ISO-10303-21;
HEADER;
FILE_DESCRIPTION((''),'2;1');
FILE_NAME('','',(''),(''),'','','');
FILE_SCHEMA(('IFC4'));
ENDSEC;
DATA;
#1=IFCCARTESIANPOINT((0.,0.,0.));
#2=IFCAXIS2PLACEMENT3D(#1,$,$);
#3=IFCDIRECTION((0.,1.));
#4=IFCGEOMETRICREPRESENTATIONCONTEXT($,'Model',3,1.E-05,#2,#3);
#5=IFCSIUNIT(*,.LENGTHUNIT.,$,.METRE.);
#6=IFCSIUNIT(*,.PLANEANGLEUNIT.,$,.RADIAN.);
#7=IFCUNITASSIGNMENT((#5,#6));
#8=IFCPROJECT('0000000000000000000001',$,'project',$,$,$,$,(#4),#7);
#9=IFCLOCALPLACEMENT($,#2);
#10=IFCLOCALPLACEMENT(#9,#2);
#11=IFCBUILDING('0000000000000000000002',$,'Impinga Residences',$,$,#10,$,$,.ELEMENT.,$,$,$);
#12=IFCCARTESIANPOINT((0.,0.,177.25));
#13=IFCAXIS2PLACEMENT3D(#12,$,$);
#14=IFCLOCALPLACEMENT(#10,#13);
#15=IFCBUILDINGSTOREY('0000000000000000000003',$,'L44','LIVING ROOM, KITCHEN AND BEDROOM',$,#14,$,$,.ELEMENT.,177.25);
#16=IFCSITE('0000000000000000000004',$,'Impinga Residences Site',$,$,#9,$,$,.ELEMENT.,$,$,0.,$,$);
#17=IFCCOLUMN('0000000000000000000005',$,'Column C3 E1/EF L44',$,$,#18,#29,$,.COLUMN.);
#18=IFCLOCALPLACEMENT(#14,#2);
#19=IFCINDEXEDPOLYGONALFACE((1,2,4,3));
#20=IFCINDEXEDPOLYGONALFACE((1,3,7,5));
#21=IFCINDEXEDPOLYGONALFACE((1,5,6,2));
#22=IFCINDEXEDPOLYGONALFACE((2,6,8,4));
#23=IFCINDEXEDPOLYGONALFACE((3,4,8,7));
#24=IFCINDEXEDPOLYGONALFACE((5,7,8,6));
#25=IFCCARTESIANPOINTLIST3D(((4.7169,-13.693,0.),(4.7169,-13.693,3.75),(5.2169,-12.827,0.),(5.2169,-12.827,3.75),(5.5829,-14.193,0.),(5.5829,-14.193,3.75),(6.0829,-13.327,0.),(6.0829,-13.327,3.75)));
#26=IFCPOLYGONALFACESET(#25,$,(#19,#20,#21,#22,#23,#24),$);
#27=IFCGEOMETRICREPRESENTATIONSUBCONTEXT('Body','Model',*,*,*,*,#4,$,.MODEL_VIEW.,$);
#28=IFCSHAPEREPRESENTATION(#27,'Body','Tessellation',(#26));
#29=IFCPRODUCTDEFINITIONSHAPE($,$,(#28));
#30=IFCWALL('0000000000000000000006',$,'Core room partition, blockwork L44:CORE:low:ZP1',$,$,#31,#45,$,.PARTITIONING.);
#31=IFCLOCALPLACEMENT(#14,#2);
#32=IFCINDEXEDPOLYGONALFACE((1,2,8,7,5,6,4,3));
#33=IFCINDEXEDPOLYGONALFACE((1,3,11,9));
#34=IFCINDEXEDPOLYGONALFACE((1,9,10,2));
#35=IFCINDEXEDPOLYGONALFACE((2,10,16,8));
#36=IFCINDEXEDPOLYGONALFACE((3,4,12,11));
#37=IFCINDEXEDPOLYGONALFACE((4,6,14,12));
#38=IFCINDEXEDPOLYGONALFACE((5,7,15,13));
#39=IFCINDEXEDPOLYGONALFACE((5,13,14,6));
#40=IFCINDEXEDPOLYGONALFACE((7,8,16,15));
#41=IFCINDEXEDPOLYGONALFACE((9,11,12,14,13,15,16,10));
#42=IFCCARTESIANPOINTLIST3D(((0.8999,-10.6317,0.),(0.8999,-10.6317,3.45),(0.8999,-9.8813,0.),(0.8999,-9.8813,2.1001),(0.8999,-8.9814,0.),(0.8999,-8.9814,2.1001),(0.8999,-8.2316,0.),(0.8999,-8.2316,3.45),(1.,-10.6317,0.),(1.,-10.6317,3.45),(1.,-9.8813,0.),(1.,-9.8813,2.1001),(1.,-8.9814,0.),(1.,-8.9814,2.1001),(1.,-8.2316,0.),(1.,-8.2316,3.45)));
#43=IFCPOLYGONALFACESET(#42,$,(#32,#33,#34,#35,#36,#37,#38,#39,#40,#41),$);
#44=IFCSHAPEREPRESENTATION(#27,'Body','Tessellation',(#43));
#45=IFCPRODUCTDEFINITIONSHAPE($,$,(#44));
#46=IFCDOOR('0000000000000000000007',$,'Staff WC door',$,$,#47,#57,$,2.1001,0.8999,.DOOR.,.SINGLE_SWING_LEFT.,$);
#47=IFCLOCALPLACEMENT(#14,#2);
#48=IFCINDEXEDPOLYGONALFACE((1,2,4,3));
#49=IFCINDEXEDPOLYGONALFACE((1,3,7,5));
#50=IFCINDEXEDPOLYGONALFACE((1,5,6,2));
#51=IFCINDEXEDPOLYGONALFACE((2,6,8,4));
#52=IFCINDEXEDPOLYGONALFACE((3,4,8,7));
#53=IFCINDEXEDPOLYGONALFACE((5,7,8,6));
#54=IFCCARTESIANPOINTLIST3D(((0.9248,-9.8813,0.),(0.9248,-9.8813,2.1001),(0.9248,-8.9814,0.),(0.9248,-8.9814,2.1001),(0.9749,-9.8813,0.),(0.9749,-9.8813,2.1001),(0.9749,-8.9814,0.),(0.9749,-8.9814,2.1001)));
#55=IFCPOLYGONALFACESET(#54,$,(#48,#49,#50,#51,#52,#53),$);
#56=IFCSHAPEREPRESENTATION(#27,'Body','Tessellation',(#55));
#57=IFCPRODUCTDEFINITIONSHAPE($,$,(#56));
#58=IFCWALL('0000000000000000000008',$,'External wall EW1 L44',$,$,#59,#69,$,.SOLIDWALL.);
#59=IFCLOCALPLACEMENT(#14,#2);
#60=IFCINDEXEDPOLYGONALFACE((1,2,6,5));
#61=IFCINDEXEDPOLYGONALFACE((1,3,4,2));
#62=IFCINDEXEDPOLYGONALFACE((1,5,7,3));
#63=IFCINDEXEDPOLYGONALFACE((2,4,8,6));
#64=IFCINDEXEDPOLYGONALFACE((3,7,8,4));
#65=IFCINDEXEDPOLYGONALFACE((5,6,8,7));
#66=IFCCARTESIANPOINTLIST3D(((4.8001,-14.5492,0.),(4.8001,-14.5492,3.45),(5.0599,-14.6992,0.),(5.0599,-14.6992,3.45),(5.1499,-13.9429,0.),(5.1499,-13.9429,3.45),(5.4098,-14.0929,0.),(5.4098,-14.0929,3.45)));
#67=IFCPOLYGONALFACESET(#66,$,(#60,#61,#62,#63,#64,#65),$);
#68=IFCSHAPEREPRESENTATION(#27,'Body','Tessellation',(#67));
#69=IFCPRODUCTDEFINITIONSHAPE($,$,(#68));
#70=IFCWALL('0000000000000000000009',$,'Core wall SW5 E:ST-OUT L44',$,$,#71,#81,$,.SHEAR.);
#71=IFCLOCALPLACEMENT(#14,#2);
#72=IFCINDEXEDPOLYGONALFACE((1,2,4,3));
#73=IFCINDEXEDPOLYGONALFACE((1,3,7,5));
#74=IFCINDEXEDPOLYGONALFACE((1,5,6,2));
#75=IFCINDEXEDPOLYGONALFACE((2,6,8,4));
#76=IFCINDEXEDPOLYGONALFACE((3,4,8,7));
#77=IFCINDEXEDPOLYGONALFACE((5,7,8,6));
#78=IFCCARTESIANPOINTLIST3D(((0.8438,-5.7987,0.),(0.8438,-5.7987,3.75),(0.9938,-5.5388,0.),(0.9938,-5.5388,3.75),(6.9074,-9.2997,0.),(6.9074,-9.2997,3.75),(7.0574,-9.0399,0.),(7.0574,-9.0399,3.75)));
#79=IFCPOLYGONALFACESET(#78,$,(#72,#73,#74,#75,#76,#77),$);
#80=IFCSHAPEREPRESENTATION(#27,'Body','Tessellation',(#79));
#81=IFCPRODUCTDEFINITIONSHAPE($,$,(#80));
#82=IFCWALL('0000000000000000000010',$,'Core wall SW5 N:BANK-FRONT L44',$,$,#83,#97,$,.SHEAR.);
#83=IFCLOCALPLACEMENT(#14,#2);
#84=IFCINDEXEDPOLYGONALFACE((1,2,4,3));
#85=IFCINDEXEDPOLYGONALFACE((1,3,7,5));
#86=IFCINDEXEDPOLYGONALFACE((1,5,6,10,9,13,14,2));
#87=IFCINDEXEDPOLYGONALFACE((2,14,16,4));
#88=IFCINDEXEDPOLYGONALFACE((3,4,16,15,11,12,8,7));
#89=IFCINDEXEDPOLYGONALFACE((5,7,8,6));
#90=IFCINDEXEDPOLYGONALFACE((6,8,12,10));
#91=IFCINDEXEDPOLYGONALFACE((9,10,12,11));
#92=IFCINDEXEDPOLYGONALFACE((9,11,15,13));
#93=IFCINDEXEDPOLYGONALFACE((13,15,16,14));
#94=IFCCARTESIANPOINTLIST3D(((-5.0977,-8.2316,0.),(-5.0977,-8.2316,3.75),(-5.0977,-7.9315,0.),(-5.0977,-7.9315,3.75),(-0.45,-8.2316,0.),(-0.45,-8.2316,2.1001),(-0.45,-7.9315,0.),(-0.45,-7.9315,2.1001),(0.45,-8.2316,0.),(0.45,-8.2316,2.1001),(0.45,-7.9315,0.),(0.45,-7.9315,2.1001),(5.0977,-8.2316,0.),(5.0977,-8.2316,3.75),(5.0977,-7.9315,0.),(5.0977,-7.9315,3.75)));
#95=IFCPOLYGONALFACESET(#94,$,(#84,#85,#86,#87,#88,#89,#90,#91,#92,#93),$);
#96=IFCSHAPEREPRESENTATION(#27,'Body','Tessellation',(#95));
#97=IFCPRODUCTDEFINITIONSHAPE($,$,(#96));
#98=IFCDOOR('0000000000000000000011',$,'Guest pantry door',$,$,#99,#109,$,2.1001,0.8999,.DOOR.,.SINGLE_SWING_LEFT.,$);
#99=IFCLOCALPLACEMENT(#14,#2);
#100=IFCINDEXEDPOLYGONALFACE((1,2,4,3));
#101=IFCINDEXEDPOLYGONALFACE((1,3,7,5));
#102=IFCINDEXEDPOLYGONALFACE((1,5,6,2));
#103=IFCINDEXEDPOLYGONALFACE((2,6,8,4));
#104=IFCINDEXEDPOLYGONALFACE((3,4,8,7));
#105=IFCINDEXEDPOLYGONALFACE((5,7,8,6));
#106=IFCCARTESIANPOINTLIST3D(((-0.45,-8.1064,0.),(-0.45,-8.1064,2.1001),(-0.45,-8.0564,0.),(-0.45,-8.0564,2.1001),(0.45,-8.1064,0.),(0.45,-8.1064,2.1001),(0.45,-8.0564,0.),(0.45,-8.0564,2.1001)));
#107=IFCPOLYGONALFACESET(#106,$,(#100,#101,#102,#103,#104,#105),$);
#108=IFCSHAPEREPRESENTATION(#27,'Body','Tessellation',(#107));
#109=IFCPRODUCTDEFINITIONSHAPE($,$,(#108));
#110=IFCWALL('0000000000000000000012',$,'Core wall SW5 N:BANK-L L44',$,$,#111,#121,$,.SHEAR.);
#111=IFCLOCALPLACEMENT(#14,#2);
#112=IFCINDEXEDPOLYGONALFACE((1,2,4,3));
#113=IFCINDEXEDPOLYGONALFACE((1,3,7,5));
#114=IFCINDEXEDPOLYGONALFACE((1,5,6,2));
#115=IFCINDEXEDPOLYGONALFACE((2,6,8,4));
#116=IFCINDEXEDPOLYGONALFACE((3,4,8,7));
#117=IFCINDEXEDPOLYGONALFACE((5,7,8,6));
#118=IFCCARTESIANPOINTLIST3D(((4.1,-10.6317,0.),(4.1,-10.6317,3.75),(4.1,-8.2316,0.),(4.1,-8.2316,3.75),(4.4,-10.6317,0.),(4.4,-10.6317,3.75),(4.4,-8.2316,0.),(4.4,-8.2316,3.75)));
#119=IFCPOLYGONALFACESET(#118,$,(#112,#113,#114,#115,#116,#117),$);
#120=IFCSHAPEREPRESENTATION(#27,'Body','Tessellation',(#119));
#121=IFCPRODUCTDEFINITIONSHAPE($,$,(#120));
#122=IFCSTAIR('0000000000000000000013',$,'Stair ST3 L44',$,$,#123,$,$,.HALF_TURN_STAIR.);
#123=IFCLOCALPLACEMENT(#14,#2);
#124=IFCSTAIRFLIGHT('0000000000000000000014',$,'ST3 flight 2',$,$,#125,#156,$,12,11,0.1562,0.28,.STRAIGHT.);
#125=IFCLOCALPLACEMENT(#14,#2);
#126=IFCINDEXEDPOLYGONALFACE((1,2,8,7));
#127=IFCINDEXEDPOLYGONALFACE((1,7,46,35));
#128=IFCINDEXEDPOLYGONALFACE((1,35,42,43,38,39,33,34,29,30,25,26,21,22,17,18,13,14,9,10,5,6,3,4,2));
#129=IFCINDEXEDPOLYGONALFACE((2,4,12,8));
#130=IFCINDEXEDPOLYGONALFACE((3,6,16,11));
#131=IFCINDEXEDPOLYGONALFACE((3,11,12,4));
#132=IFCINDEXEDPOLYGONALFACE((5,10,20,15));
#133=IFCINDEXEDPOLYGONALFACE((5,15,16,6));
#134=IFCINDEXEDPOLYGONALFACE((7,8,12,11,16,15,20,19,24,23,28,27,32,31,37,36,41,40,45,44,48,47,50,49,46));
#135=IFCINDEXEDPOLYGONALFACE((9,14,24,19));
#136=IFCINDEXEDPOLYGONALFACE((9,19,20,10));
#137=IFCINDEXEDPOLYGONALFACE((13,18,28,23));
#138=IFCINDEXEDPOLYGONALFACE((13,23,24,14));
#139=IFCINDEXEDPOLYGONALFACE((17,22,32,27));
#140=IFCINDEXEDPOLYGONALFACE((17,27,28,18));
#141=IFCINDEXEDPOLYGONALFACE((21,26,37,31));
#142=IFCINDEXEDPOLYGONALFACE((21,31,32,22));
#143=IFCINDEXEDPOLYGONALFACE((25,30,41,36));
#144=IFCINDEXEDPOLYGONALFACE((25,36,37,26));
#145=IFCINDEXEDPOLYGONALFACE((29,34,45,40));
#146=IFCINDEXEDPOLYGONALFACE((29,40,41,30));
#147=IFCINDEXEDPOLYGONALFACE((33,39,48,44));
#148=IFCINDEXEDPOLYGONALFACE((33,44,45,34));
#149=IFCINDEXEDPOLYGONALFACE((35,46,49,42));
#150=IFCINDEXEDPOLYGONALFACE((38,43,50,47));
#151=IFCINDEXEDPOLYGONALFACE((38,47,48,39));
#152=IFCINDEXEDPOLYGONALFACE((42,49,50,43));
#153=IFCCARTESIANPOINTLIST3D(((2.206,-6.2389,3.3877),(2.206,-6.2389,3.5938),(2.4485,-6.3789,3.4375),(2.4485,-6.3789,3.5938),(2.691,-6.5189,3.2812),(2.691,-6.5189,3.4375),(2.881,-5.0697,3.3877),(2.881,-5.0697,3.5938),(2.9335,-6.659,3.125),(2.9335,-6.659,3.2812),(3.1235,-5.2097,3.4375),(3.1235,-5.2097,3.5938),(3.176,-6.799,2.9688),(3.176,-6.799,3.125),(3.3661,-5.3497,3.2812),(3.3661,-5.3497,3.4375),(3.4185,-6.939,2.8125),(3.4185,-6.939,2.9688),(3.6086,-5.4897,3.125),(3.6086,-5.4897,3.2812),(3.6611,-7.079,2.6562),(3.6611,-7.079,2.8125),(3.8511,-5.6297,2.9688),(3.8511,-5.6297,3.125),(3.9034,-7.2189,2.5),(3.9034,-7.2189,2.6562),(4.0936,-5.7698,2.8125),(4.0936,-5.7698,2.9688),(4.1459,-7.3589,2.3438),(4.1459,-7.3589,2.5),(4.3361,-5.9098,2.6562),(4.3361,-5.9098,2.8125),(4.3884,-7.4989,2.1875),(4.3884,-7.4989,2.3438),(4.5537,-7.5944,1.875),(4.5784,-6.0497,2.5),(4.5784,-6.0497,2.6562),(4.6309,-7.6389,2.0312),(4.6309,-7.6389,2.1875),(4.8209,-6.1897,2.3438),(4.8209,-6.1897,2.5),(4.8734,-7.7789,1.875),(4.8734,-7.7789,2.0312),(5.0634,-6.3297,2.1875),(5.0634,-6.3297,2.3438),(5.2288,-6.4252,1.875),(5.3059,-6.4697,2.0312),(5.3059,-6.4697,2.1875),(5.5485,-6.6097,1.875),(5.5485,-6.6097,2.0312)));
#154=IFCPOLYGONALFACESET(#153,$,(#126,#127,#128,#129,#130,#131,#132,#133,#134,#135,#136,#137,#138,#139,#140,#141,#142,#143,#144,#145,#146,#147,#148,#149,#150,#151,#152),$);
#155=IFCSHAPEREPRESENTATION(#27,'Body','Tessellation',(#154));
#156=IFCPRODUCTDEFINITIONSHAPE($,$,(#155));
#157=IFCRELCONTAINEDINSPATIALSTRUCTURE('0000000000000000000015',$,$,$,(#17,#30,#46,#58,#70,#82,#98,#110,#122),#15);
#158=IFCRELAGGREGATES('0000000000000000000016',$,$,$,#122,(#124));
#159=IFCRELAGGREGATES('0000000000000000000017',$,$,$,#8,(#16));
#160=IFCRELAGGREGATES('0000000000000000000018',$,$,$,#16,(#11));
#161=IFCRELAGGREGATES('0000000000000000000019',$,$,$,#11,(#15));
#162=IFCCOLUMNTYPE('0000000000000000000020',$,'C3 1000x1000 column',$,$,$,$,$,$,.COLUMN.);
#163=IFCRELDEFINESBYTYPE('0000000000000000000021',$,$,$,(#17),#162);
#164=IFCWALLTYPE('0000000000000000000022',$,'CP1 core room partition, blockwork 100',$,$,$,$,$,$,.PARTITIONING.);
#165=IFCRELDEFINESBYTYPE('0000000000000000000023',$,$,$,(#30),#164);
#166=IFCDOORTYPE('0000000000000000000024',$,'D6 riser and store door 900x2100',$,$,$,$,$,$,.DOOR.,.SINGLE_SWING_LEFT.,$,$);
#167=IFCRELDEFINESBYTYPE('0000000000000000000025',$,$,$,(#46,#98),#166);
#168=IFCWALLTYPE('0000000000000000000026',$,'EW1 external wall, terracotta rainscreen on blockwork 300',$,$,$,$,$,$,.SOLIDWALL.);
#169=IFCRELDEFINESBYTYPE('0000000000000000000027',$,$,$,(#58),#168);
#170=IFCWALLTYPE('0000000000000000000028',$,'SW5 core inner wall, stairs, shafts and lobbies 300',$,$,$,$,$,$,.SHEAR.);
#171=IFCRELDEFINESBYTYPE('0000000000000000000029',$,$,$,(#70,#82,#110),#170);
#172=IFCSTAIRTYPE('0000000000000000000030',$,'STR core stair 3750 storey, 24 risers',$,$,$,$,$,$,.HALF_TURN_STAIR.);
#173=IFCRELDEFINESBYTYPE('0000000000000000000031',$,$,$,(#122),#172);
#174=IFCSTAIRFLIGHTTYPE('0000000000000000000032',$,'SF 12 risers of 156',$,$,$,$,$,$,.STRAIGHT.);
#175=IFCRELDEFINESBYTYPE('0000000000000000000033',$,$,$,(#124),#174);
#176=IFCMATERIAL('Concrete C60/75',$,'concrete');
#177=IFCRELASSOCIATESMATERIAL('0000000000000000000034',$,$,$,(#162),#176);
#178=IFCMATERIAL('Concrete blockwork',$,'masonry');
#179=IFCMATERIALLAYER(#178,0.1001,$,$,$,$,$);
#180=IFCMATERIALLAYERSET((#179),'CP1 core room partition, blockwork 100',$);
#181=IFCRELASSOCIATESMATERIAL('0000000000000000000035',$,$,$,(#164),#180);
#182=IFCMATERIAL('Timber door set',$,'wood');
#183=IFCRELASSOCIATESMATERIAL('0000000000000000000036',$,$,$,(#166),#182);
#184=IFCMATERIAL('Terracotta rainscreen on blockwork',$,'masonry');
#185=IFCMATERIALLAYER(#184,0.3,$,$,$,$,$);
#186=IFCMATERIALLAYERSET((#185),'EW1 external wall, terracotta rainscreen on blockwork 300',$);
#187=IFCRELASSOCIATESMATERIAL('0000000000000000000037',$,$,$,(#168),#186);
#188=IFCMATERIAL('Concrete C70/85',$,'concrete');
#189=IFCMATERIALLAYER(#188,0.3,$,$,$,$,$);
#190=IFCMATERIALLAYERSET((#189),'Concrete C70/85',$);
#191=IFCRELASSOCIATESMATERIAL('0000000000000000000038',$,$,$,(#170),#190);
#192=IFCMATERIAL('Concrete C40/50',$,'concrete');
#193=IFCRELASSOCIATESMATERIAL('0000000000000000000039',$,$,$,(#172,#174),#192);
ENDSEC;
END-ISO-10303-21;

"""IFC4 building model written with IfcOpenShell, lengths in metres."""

from ifc_helpers import new_model, si_unit, direction, frame, frame_2d, origin, origin_2d, place, context, subcontext, project, spatial, polyline, rectangle, outline, extrude, material, layer, layer_set, material_profile, profile_set, type_object, element, fill, aggregate, save


model = new_model("IFC4")

# Units and contexts
model_context = context("Model", 3, precision=1e-05, world=origin(), true_north=direction((0.0, 1.0)))
body_context = subcontext(model_context, "Body", "Model", "MODEL_VIEW")
ifc_project = project(units=[si_unit("LENGTHUNIT", "METRE"), si_unit("PLANEANGLEUNIT", "RADIAN")], contexts=[model_context])

# Site, building, storey
site_placement = place(None, origin())
site = spatial("IfcSite", under=ifc_project, at=site_placement, Name="Impinga Residences Site", CompositionType="ELEMENT", RefElevation=0.0)
building_placement = place(site_placement, origin())
building = spatial("IfcBuilding", under=site, at=building_placement, Name="Impinga Residences", CompositionType="ELEMENT")
storey_placement = place(building_placement, frame((0.0, 0.0, 177.25)))
storey = spatial("IfcBuildingStorey", under=building, at=storey_placement, Name="L44", Description="LIVING ROOM, KITCHEN AND BEDROOM", CompositionType="ELEMENT", Elevation=177.25)

# Column
ifc_material_1 = material(Name="Concrete C60/75", Category="concrete")
ifc_material_profile = material_profile(ifc_material_1, rectangle(XDim=1.0, YDim=1.0, at=origin_2d()), Name="RC 1000x1000")
ifc_profile_set = profile_set([ifc_material_profile], Name="Concrete C60/75")
column_type = type_object("IfcColumnType", Name="C3 1000x1000 column", PredefinedType="COLUMN", material=ifc_profile_set)
column_placement = place(storey_placement, frame((5.3999, -13.51, 0.0), z_axis=(0.0, 0.0, 1.0), x_axis=(-0.5, -0.866025, 0.0)))
element("IfcColumn", 1, at=column_placement, inside=storey, type_object=column_type, Name="Column C3 E1/EF L44", PredefinedType="COLUMN", context=body_context, shape_type="SweptSolid", body=[
    extrude(rectangle(XDim=1.0, YDim=1.0, at=origin_2d()), origin(), (0.0, 0.0, 1.0), 3.75),
])

# Wall, opening, door
ifc_material_2 = material(Name="Concrete blockwork", Category="masonry")
ifc_layer_1 = layer(ifc_material_2, 0.1001)
ifc_layer_set_1 = layer_set([ifc_layer_1], Name="CP1 core room partition, blockwork 100")
wall_type_1 = type_object("IfcWallType", Name="CP1 core room partition, blockwork 100", PredefinedType="PARTITIONING", material=ifc_layer_set_1)
wall_1_placement = place(storey_placement, frame((0.95, -8.2314, 0.0), z_axis=(0.0, 0.0, 1.0), x_axis=(0.0, -1.0, 0.0)))
wall_1 = element("IfcWall", 2, at=wall_1_placement, inside=storey, type_object=wall_type_1, Name="Core room partition, blockwork L44:CORE:low:ZP1", PredefinedType="PARTITIONING", context=body_context, shape_type="SweptSolid", body=[
    extrude(rectangle(XDim=2.4001, YDim=0.1001, at=frame_2d((1.2002, 0.0))), origin(), (0.0, 0.0, 1.0), 3.45),
])
opening_1_placement = place(wall_1_placement, frame((0.75, 0.0, 0.0)))
opening_1 = element("IfcOpeningElement", 3, at=opening_1_placement, cuts=wall_1, PredefinedType="OPENING", context=body_context, shape_type="SweptSolid", body=[
    extrude(rectangle(XDim=0.8999, YDim=2.1001, at=frame_2d((0.45, 1.05))), frame((0.0, 0.0601, 0.0), z_axis=(0.0, -1.0, 0.0), x_axis=(1.0, 0.0, 0.0)), (0.0, 0.0, 1.0), 0.1201),
])
ifc_material_3 = material(Name="Timber door set", Category="wood")
door_type = type_object("IfcDoorType", Name="D6 riser and store door 900x2100", OperationType="SINGLE_SWING_LEFT", PredefinedType="DOOR", material=ifc_material_3)
door_1_placement = place(opening_1_placement, origin())
door_1 = element("IfcDoor", 4, at=door_1_placement, inside=storey, type_object=door_type, Name="Staff WC door", OperationType="SINGLE_SWING_LEFT", OverallHeight=2.1001, OverallWidth=0.8999, PredefinedType="DOOR", context=body_context, shape_type="SweptSolid", body=[
    extrude(rectangle(XDim=0.8999, YDim=2.1001, at=frame_2d((0.45, 1.05))), frame((0.0, 0.0249, 0.0), z_axis=(0.0, -1.0, 0.0), x_axis=(1.0, 0.0, 0.0)), (0.0, 0.0, 1.0), 0.05),
])
fill(opening_1, door_1)

# Walls
ifc_material_4 = material(Name="Terracotta rainscreen on blockwork", Category="masonry")
ifc_layer_2 = layer(ifc_material_4, 0.3)
ifc_layer_set_2 = layer_set([ifc_layer_2], Name="EW1 external wall, terracotta rainscreen on blockwork 300")
wall_type_2 = type_object("IfcWallType", Name="EW1 external wall, terracotta rainscreen on blockwork 300", PredefinedType="SOLIDWALL", material=ifc_layer_set_2)
wall_2_placement = place(storey_placement, frame((4.9299, -14.6243, 0.0), z_axis=(0.0, 0.0, 1.0), x_axis=(0.499853, 0.86611, 0.0)))
element("IfcWall", 5, at=wall_2_placement, inside=storey, type_object=wall_type_2, Name="External wall EW1 L44", PredefinedType="SOLIDWALL", context=body_context, shape_type="SweptSolid", body=[
    extrude(rectangle(XDim=0.7, YDim=0.3, at=frame_2d((0.3501, 0.0))), origin(), (0.0, 0.0, 1.0), 3.45),
])
ifc_material_5 = material(Name="Concrete C70/85", Category="concrete")
ifc_layer_3 = layer(ifc_material_5, 0.3)
ifc_layer_set_3 = layer_set([ifc_layer_3], Name="Concrete C70/85")
wall_type_3 = type_object("IfcWallType", Name="SW5 core inner wall, stairs, shafts and lobbies 300", PredefinedType="SHEAR", material=ifc_layer_set_3)
wall_3_placement = place(storey_placement, frame((0.9187, -5.6687, 0.0), z_axis=(0.0, 0.0, 1.0), x_axis=(0.866011, -0.500024, 0.0)))
element("IfcWall", 6, at=wall_3_placement, inside=storey, type_object=wall_type_3, Name="Core wall SW5 E:ST-OUT L44", PredefinedType="SHEAR", context=body_context, shape_type="SweptSolid", body=[
    extrude(rectangle(XDim=7.0017, YDim=0.3, at=frame_2d((3.501, 0.0))), origin(), (0.0, 0.0, 1.0), 3.75),
])

# Wall, opening, door
wall_4_placement = place(storey_placement, frame((5.0977, -8.0815, 0.0), z_axis=(0.0, 0.0, 1.0), x_axis=(-1.0, 0.0, 0.0)))
wall_4 = element("IfcWall", 7, at=wall_4_placement, inside=storey, type_object=wall_type_3, Name="Core wall SW5 N:BANK-FRONT L44", PredefinedType="SHEAR", context=body_context, shape_type="SweptSolid", body=[
    extrude(rectangle(XDim=10.1953, YDim=0.3, at=frame_2d((5.0977, 0.0))), origin(), (0.0, 0.0, 1.0), 3.75),
])
opening_2_placement = place(wall_4_placement, frame((4.6477, 0.0, 0.0)))
opening_2 = element("IfcOpeningElement", 8, at=opening_2_placement, cuts=wall_4, PredefinedType="OPENING", context=body_context, shape_type="SweptSolid", body=[
    extrude(rectangle(XDim=0.8999, YDim=2.1001, at=frame_2d((0.45, 1.05))), frame((0.0, 0.1599, 0.0), z_axis=(0.0, -1.0, 0.0), x_axis=(1.0, 0.0, 0.0)), (0.0, 0.0, 1.0), 0.3201),
])
door_2_placement = place(opening_2_placement, origin())
door_2 = element("IfcDoor", 9, at=door_2_placement, inside=storey, type_object=door_type, Name="Guest pantry door", OperationType="SINGLE_SWING_LEFT", OverallHeight=2.1001, OverallWidth=0.8999, PredefinedType="DOOR", context=body_context, shape_type="SweptSolid", body=[
    extrude(rectangle(XDim=0.8999, YDim=2.1001, at=frame_2d((0.45, 1.05))), frame((0.0, 0.0249, 0.0), z_axis=(0.0, -1.0, 0.0), x_axis=(1.0, 0.0, 0.0)), (0.0, 0.0, 1.0), 0.05),
])
fill(opening_2, door_2)

# Wall
wall_5_placement = place(storey_placement, frame((4.25, -8.2314, 0.0), z_axis=(0.0, 0.0, 1.0), x_axis=(0.0, -1.0, 0.0)))
element("IfcWall", 10, at=wall_5_placement, inside=storey, type_object=wall_type_3, Name="Core wall SW5 N:BANK-L L44", PredefinedType="SHEAR", context=body_context, shape_type="SweptSolid", body=[
    extrude(rectangle(XDim=2.4001, YDim=0.3, at=frame_2d((1.2002, 0.0))), origin(), (0.0, 0.0, 1.0), 3.75),
])

# Stair, stair flight
ifc_material_6 = material(Name="Concrete C40/50", Category="concrete")
stair_type = type_object("IfcStairType", Name="STR core stair 3750 storey, 24 risers", PredefinedType="HALF_TURN_STAIR", material=ifc_material_6)
stair_placement = place(storey_placement, origin())
stair = element("IfcStair", 11, at=stair_placement, inside=storey, type_object=stair_type, Name="Stair ST3 L44", PredefinedType="HALF_TURN_STAIR")
stair_flight_type = type_object("IfcStairFlightType", Name="SF 12 risers of 156", PredefinedType="STRAIGHT", material=ifc_material_6)
stair_flight_placement = place(storey_placement, frame((5.2109, -7.1943, 1.875), z_axis=(0.0, 0.0, 1.0), x_axis=(-0.866025, 0.5, 0.0)))
stair_flight = element("IfcStairFlight", 12, at=stair_flight_placement, type_object=stair_flight_type, Name="ST3 flight 2", NumberOfRisers=12, NumberOfTreads=11, PredefinedType="STRAIGHT", RiserHeight=0.1562, TreadLength=0.28, context=body_context, shape_type="SweptSolid", body=[
    extrude(outline(polyline([(0.0, 0.0), (0.0, 0.1562), (0.28, 0.1562), (0.28, 0.3125), (0.5601, 0.3125), (0.5601, 0.4688), (0.8401, 0.4688), (0.8401, 0.625), (1.1201, 0.625), (1.1201, 0.7812), (1.3999, 0.7812), (1.3999, 0.9375), (1.6799, 0.9375), (1.6799, 1.0938), (1.96, 1.0938), (1.96, 1.25), (2.24, 1.25), (2.24, 1.4062), (2.52, 1.4062), (2.52, 1.5625), (2.8, 1.5625), (2.8, 1.7188), (3.0801, 1.7188), (3.0801, 1.875), (3.0801, 1.5127), (0.3691, 0.0), (0.0, 0.0)])), frame((0.0, 0.675, 0.0), z_axis=(0.0, -1.0, 0.0), x_axis=(1.0, 0.0, 0.0)), (0.0, 0.0, 1.0), 1.3501),
])
aggregate(stair, [stair_flight])

save(model, "model.ifc")
